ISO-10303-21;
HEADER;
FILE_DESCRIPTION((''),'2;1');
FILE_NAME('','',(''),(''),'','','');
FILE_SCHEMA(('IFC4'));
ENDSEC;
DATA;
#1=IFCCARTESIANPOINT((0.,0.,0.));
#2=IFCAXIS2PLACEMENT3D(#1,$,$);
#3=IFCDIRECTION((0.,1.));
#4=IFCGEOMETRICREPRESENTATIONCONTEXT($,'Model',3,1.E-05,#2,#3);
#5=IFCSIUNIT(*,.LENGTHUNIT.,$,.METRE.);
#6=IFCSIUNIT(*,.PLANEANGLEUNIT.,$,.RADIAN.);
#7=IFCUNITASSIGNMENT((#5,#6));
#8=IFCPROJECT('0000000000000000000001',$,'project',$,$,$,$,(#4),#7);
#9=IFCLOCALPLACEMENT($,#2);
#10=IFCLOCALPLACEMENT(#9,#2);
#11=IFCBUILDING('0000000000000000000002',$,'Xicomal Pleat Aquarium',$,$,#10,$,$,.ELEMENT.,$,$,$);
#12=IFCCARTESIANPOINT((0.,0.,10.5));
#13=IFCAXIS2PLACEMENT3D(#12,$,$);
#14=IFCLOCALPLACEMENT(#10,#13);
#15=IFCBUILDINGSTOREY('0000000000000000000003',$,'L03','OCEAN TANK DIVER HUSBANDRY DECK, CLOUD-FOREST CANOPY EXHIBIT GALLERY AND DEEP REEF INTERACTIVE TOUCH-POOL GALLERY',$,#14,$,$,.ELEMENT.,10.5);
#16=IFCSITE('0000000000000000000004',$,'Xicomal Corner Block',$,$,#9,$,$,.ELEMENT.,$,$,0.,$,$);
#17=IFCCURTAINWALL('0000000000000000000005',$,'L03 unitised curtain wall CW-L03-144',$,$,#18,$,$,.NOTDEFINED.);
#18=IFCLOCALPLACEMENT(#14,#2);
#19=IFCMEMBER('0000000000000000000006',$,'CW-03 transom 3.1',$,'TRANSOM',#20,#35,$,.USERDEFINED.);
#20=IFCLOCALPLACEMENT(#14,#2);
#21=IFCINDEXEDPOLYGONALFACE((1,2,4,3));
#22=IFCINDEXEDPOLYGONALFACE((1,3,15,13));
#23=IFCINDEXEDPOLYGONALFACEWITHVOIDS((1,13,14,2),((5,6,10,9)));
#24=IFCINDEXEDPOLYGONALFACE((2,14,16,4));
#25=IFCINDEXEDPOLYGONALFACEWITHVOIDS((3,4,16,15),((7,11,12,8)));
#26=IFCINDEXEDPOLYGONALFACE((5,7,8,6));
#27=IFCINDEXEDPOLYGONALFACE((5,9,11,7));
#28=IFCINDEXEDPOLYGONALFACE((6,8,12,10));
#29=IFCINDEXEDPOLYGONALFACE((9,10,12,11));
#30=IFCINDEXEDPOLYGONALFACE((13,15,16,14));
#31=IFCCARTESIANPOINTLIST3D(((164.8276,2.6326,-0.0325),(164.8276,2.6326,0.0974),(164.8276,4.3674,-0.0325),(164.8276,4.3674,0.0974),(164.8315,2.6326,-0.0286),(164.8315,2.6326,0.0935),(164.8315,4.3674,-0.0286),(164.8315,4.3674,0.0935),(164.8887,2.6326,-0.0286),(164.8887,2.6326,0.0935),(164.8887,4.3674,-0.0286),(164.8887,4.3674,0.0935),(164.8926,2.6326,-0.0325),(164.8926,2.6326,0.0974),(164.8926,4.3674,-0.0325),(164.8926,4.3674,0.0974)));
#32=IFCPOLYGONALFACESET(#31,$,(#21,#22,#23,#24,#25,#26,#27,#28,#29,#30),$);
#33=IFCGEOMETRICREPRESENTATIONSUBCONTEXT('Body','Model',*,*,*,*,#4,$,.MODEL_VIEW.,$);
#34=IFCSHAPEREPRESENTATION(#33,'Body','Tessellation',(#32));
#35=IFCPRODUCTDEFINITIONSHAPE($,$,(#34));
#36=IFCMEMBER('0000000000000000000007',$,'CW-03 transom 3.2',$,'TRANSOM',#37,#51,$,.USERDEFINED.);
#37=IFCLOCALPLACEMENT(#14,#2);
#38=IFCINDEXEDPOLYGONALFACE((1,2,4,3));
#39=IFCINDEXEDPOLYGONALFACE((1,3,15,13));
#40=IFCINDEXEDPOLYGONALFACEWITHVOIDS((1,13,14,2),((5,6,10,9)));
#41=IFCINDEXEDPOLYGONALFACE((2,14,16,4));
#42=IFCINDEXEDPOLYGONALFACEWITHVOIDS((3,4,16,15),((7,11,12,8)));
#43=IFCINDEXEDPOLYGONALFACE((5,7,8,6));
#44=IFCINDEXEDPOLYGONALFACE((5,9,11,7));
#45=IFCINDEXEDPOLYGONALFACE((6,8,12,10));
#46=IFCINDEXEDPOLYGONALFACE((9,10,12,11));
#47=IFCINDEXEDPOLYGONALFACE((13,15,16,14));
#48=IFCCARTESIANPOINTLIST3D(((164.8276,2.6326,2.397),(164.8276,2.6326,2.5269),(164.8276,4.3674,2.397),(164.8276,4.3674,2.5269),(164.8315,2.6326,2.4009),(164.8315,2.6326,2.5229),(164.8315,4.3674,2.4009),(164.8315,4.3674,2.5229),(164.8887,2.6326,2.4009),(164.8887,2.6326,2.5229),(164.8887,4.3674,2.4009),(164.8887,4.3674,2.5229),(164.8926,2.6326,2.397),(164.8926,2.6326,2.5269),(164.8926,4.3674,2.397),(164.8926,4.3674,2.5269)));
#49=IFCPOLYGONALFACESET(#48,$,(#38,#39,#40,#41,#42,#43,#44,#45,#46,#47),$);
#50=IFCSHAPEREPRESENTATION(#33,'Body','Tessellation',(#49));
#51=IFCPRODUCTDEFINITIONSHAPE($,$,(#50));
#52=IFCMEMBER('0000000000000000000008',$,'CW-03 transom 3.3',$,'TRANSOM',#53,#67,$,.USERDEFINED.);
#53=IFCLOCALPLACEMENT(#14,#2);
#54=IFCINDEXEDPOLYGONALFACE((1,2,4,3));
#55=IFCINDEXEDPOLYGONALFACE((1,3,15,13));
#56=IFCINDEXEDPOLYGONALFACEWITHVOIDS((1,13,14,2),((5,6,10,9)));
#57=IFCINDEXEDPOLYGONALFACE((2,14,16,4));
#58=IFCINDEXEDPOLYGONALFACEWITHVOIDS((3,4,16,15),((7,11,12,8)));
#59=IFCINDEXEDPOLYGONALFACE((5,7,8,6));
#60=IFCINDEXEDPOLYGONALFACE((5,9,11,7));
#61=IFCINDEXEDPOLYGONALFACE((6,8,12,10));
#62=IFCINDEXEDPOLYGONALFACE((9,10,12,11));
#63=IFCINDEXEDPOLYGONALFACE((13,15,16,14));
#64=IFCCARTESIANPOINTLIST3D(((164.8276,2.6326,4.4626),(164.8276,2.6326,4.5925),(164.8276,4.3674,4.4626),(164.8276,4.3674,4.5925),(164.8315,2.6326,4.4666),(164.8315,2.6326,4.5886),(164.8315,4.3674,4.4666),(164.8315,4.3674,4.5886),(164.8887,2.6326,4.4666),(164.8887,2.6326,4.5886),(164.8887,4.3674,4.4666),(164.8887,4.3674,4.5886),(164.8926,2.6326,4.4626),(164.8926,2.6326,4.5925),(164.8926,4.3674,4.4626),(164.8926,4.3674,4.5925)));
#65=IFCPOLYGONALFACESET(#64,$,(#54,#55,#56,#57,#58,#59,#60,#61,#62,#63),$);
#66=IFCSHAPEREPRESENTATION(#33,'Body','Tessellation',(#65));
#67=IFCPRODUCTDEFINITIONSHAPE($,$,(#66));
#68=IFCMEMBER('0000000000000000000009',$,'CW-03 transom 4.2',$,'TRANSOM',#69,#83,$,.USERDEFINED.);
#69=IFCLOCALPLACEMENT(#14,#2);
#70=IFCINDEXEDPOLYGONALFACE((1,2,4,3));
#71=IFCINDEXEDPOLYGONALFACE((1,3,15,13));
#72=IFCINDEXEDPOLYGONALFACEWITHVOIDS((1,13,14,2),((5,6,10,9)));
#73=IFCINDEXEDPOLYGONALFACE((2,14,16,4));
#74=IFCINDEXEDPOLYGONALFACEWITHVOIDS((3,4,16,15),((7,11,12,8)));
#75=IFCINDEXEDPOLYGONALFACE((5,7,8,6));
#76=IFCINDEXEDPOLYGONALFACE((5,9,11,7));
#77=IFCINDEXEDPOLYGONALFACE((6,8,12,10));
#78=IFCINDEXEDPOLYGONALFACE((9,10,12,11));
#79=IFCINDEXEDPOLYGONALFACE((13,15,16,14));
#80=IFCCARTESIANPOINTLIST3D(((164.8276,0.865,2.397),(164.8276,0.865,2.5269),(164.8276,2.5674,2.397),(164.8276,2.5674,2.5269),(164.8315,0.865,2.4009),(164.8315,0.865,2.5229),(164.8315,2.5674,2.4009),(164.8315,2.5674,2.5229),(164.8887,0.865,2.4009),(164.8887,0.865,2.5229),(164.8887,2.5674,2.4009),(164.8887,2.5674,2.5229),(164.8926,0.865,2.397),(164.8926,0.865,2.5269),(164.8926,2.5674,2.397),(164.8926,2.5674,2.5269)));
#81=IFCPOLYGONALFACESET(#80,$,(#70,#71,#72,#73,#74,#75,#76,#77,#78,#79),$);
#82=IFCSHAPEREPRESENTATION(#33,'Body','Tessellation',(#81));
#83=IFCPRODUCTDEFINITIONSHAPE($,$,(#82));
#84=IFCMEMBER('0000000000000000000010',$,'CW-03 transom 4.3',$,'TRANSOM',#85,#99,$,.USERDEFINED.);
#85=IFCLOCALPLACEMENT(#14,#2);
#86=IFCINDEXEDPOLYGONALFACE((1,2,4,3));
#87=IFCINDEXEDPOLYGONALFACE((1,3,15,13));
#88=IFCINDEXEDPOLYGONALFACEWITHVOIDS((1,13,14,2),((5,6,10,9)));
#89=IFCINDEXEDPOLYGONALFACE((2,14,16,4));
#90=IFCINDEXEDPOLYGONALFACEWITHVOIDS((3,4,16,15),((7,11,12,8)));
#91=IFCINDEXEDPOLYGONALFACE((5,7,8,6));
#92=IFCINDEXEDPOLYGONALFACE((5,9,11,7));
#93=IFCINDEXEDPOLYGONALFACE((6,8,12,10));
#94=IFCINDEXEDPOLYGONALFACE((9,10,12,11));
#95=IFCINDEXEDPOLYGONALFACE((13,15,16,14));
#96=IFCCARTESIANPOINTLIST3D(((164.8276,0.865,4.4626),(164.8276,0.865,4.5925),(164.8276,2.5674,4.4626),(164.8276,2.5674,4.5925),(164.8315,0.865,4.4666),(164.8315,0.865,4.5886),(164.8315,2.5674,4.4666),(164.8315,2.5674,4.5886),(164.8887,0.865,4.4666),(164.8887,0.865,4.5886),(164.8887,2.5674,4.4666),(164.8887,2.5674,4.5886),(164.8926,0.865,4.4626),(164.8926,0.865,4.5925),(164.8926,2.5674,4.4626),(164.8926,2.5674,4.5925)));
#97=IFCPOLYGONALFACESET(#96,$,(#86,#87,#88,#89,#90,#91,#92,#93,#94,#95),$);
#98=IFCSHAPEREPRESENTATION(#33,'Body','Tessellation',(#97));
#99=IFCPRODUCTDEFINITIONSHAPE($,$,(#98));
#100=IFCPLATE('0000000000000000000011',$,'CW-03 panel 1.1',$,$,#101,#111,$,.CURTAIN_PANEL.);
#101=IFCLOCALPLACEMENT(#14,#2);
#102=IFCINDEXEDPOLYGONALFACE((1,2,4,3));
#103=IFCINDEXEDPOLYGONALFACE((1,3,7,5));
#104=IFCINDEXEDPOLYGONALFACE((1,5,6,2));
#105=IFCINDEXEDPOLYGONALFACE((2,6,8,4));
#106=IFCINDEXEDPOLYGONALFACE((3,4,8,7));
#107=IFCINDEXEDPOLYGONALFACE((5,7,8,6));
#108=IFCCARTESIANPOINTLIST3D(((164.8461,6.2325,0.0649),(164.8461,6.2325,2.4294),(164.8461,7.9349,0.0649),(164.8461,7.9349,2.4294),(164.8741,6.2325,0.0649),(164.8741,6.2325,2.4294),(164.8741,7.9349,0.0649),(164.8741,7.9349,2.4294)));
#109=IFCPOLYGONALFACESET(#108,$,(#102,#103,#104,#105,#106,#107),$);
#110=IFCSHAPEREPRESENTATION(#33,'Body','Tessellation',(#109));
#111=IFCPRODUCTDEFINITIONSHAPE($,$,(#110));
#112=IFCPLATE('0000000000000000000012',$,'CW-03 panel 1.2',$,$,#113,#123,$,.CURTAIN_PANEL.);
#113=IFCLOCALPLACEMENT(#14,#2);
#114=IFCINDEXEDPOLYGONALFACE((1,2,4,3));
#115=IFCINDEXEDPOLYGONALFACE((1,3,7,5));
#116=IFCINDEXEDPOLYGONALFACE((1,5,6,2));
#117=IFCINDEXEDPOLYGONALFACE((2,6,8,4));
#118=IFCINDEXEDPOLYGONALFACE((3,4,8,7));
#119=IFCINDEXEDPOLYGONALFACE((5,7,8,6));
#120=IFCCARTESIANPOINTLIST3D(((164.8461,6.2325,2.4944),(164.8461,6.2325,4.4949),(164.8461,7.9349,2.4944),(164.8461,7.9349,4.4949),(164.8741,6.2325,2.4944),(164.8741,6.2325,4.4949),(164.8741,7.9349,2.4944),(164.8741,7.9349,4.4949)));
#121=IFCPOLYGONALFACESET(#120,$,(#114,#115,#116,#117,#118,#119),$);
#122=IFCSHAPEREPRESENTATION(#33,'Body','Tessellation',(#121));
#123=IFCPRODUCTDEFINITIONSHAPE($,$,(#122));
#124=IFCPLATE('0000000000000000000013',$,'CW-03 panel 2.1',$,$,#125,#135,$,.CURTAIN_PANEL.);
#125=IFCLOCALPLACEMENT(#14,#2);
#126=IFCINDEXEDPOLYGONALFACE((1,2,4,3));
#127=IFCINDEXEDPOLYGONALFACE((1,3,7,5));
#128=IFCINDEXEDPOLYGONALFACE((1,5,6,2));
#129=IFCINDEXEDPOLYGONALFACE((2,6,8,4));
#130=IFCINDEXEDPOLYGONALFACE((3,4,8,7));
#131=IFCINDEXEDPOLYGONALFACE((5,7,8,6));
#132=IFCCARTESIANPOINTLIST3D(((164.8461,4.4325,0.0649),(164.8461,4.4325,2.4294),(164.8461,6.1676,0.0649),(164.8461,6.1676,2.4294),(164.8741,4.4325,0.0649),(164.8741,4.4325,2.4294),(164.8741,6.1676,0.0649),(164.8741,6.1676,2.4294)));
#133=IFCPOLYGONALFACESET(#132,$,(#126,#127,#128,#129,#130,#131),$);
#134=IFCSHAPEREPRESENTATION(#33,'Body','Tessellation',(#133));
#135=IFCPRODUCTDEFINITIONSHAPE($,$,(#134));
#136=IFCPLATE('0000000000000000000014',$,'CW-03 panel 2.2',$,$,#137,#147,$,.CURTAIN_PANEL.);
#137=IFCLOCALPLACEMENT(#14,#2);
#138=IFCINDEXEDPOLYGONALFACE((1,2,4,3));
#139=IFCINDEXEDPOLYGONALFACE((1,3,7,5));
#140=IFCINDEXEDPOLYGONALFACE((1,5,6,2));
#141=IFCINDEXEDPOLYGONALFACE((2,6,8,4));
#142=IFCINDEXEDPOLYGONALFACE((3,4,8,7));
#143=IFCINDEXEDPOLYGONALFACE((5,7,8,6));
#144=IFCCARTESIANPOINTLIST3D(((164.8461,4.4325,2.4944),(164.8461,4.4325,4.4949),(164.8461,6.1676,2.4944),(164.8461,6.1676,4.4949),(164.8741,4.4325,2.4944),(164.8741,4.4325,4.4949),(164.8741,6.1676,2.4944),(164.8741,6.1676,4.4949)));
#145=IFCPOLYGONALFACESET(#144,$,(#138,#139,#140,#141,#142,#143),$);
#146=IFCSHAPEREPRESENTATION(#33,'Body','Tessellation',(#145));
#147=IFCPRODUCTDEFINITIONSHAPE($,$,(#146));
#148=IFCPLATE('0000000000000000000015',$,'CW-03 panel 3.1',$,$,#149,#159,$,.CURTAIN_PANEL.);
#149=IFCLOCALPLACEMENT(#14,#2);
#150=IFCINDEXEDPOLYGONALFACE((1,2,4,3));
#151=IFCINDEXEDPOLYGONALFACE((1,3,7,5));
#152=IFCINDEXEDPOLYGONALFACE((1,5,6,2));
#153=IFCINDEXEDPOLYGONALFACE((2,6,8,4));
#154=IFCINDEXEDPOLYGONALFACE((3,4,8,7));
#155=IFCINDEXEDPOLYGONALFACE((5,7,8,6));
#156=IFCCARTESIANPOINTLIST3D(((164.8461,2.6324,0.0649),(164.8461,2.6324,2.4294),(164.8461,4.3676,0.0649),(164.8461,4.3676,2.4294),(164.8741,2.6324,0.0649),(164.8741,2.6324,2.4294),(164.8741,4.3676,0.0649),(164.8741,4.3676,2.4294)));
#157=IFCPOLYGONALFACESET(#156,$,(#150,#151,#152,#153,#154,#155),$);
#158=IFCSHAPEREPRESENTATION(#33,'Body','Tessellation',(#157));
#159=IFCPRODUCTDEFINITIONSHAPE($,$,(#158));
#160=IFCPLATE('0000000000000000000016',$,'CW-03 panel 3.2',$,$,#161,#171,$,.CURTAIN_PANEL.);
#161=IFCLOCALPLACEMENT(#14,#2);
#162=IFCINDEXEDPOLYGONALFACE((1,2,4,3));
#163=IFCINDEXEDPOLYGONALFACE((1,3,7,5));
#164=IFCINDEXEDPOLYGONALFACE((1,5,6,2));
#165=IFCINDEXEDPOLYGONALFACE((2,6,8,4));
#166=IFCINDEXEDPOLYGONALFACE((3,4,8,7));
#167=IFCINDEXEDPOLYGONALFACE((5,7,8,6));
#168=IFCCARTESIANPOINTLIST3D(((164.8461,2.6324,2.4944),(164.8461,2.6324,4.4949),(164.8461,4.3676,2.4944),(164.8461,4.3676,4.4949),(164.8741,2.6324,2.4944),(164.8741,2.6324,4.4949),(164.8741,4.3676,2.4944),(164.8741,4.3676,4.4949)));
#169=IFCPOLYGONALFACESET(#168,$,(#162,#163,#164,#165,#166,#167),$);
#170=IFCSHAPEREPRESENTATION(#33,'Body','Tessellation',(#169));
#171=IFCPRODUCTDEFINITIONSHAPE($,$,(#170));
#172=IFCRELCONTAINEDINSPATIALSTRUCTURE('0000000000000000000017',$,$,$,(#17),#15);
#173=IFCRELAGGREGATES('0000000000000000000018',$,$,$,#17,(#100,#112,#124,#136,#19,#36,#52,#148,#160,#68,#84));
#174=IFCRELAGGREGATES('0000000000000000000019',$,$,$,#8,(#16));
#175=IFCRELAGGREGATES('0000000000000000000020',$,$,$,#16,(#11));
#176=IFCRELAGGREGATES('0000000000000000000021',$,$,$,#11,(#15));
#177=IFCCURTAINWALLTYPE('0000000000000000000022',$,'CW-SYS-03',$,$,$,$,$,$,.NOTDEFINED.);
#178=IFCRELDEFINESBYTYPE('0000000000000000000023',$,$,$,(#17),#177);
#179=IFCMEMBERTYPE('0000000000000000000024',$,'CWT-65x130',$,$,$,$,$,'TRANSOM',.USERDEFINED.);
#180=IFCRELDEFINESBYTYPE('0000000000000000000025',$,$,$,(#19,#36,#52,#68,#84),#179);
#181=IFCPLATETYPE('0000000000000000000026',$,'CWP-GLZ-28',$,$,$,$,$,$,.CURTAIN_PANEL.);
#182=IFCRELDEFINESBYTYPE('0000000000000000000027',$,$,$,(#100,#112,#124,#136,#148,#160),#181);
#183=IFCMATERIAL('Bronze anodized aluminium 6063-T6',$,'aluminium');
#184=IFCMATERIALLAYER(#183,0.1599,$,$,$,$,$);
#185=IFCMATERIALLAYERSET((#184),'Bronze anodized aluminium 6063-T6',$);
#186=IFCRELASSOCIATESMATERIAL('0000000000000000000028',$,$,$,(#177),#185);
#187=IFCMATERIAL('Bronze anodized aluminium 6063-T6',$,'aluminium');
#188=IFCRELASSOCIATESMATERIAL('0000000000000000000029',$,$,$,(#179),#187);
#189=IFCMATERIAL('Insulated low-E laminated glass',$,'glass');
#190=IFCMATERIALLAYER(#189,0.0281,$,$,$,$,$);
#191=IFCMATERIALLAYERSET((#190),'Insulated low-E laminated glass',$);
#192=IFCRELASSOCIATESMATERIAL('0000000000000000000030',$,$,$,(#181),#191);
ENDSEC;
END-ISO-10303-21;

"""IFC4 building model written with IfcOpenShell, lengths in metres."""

from ifc_helpers import new_model, si_unit, direction, frame, origin, origin_2d, place, context, subcontext, project, spatial, rectangle, hollow_rectangle, extrude, material, layer, layer_set, material_profile, profile_set, type_object, element, aggregate, save


model = new_model("IFC4")

# Units and contexts
model_context = context("Model", 3, precision=1e-05, world=origin(), true_north=direction((0.0, 1.0)))
body_context = subcontext(model_context, "Body", "Model", "MODEL_VIEW")
ifc_project = project(units=[si_unit("LENGTHUNIT", "METRE"), si_unit("PLANEANGLEUNIT", "RADIAN")], contexts=[model_context])

# Site, building, storey
site_placement = place(None, origin())
site = spatial("IfcSite", under=ifc_project, at=site_placement, Name="Xicomal Corner Block", CompositionType="ELEMENT", RefElevation=0.0)
building_placement = place(site_placement, origin())
building = spatial("IfcBuilding", under=site, at=building_placement, Name="Xicomal Pleat Aquarium", CompositionType="ELEMENT")
storey_placement = place(building_placement, frame((0.0, 0.0, 10.5)))
storey = spatial("IfcBuildingStorey", under=building, at=storey_placement, Name="L03", Description="OCEAN TANK DIVER HUSBANDRY DECK, CLOUD-FOREST CANOPY EXHIBIT GALLERY AND DEEP REEF INTERACTIVE TOUCH-POOL GALLERY", CompositionType="ELEMENT", Elevation=10.5)

# Curtain wall
ifc_material_1 = material(Name="Bronze anodized aluminium 6063-T6", Category="aluminium")
ifc_layer_1 = layer(ifc_material_1, 0.1599)
ifc_layer_set_1 = layer_set([ifc_layer_1], Name="Bronze anodized aluminium 6063-T6")
curtain_wall_type = type_object("IfcCurtainWallType", Name="CW-SYS-03", PredefinedType="NOTDEFINED", material=ifc_layer_set_1)
curtain_wall_1_placement = place(storey_placement, origin())
curtain_wall_1 = element("IfcCurtainWall", 1, at=curtain_wall_1_placement, inside=storey, type_object=curtain_wall_type, Name="L03 unitised curtain wall CW-L03-144", PredefinedType="NOTDEFINED")

# Members
ifc_material_2 = material(Name="Bronze anodized aluminium 6063-T6", Category="aluminium")
ifc_material_profile_1 = material_profile(ifc_material_2, hollow_rectangle(XDim=0.0649, YDim=0.1299, WallThickness=0.0039, at=origin_2d()), Name="ALU TRAN 65x130")
ifc_profile_set_1 = profile_set([ifc_material_profile_1], Name="Bronze anodized aluminium 6063-T6")
member_type_1 = type_object("IfcMemberType", Name="CWT-65x130", ElementType="TRANSOM", PredefinedType="USERDEFINED", material=ifc_profile_set_1)
member_1_placement = place(storey_placement, frame((164.8601, 4.3674, 0.0325), z_axis=(0.0, -1.0, 0.0), x_axis=(1.0, 0.0, 0.0)))
member_1 = element("IfcMember", 2, at=member_1_placement, type_object=member_type_1, Name="CW-03 transom 3.1", ObjectType="TRANSOM", PredefinedType="USERDEFINED", context=body_context, shape_type="SweptSolid", body=[
    extrude(hollow_rectangle(XDim=0.0649, YDim=0.1299, WallThickness=0.0039, at=origin_2d()), origin(), (0.0, 0.0, 1.0), 1.7349),
])
member_2_placement = place(storey_placement, frame((164.8601, 4.3674, 2.4619), z_axis=(0.0, -1.0, 0.0), x_axis=(1.0, 0.0, 0.0)))
member_2 = element("IfcMember", 3, at=member_2_placement, type_object=member_type_1, Name="CW-03 transom 3.2", ObjectType="TRANSOM", PredefinedType="USERDEFINED", context=body_context, shape_type="SweptSolid", body=[
    extrude(hollow_rectangle(XDim=0.0649, YDim=0.1299, WallThickness=0.0039, at=origin_2d()), origin(), (0.0, 0.0, 1.0), 1.7349),
])
member_3_placement = place(storey_placement, frame((164.8601, 4.3674, 4.5276), z_axis=(0.0, -1.0, 0.0), x_axis=(1.0, 0.0, 0.0)))
member_3 = element("IfcMember", 4, at=member_3_placement, type_object=member_type_1, Name="CW-03 transom 3.3", ObjectType="TRANSOM", PredefinedType="USERDEFINED", context=body_context, shape_type="SweptSolid", body=[
    extrude(hollow_rectangle(XDim=0.0649, YDim=0.1299, WallThickness=0.0039, at=origin_2d()), origin(), (0.0, 0.0, 1.0), 1.7349),
])
member_4_placement = place(storey_placement, frame((164.8601, 2.5674, 2.4619), z_axis=(0.0, -1.0, 0.0), x_axis=(1.0, 0.0, 0.0)))
member_4 = element("IfcMember", 5, at=member_4_placement, type_object=member_type_1, Name="CW-03 transom 4.2", ObjectType="TRANSOM", PredefinedType="USERDEFINED", context=body_context, shape_type="SweptSolid", body=[
    extrude(hollow_rectangle(XDim=0.0649, YDim=0.1299, WallThickness=0.0039, at=origin_2d()), origin(), (0.0, 0.0, 1.0), 1.7024),
])
member_5_placement = place(storey_placement, frame((164.8601, 2.5674, 4.5276), z_axis=(0.0, -1.0, 0.0), x_axis=(1.0, 0.0, 0.0)))
member_5 = element("IfcMember", 6, at=member_5_placement, type_object=member_type_1, Name="CW-03 transom 4.3", ObjectType="TRANSOM", PredefinedType="USERDEFINED", context=body_context, shape_type="SweptSolid", body=[
    extrude(hollow_rectangle(XDim=0.0649, YDim=0.1299, WallThickness=0.0039, at=origin_2d()), origin(), (0.0, 0.0, 1.0), 1.7024),
])

# Plates
ifc_material_3 = material(Name="Insulated low-E laminated glass", Category="glass")
ifc_layer_2 = layer(ifc_material_3, 0.0281)
ifc_layer_set_2 = layer_set([ifc_layer_2], Name="Insulated low-E laminated glass")
plate_type = type_object("IfcPlateType", Name="CWP-GLZ-28", PredefinedType="CURTAIN_PANEL", material=ifc_layer_set_2)
plate_1_placement = place(storey_placement, frame((164.8601, 7.0837, 0.0649), z_axis=(0.0, 0.0, 1.0), x_axis=(0.0, -1.0, 0.0)))
plate_1 = element("IfcPlate", 7, at=plate_1_placement, type_object=plate_type, Name="CW-03 panel 1.1", PredefinedType="CURTAIN_PANEL", context=body_context, shape_type="SweptSolid", body=[
    extrude(rectangle(XDim=1.7024, YDim=0.0281, at=origin_2d()), origin(), (0.0, 0.0, 1.0), 2.3645),
])
plate_2_placement = place(storey_placement, frame((164.8601, 7.0837, 2.4944), z_axis=(0.0, 0.0, 1.0), x_axis=(0.0, -1.0, 0.0)))
plate_2 = element("IfcPlate", 8, at=plate_2_placement, type_object=plate_type, Name="CW-03 panel 1.2", PredefinedType="CURTAIN_PANEL", context=body_context, shape_type="SweptSolid", body=[
    extrude(rectangle(XDim=1.7024, YDim=0.0281, at=origin_2d()), origin(), (0.0, 0.0, 1.0), 2.0005),
])
plate_3_placement = place(storey_placement, frame((164.8601, 5.3, 0.0649), z_axis=(0.0, 0.0, 1.0), x_axis=(0.0, -1.0, 0.0)))
plate_3 = element("IfcPlate", 9, at=plate_3_placement, type_object=plate_type, Name="CW-03 panel 2.1", PredefinedType="CURTAIN_PANEL", context=body_context, shape_type="SweptSolid", body=[
    extrude(rectangle(XDim=1.7351, YDim=0.0281, at=origin_2d()), origin(), (0.0, 0.0, 1.0), 2.3645),
])
plate_4_placement = place(storey_placement, frame((164.8601, 5.3, 2.4944), z_axis=(0.0, 0.0, 1.0), x_axis=(0.0, -1.0, 0.0)))
plate_4 = element("IfcPlate", 10, at=plate_4_placement, type_object=plate_type, Name="CW-03 panel 2.2", PredefinedType="CURTAIN_PANEL", context=body_context, shape_type="SweptSolid", body=[
    extrude(rectangle(XDim=1.7351, YDim=0.0281, at=origin_2d()), origin(), (0.0, 0.0, 1.0), 2.0005),
])
plate_5_placement = place(storey_placement, frame((164.8601, 3.5, 0.0649), z_axis=(0.0, 0.0, 1.0), x_axis=(0.0, -1.0, 0.0)))
plate_5 = element("IfcPlate", 11, at=plate_5_placement, type_object=plate_type, Name="CW-03 panel 3.1", PredefinedType="CURTAIN_PANEL", context=body_context, shape_type="SweptSolid", body=[
    extrude(rectangle(XDim=1.7351, YDim=0.0281, at=origin_2d()), origin(), (0.0, 0.0, 1.0), 2.3645),
])
plate_6_placement = place(storey_placement, frame((164.8601, 3.5, 2.4944), z_axis=(0.0, 0.0, 1.0), x_axis=(0.0, -1.0, 0.0)))
plate_6 = element("IfcPlate", 12, at=plate_6_placement, type_object=plate_type, Name="CW-03 panel 3.2", PredefinedType="CURTAIN_PANEL", context=body_context, shape_type="SweptSolid", body=[
    extrude(rectangle(XDim=1.7351, YDim=0.0281, at=origin_2d()), origin(), (0.0, 0.0, 1.0), 2.0005),
])
aggregate(curtain_wall_1, [plate_1, plate_2, plate_3, plate_4, member_1, member_2, member_3, plate_5, plate_6, member_4, member_5])

save(model, "model.ifc")
